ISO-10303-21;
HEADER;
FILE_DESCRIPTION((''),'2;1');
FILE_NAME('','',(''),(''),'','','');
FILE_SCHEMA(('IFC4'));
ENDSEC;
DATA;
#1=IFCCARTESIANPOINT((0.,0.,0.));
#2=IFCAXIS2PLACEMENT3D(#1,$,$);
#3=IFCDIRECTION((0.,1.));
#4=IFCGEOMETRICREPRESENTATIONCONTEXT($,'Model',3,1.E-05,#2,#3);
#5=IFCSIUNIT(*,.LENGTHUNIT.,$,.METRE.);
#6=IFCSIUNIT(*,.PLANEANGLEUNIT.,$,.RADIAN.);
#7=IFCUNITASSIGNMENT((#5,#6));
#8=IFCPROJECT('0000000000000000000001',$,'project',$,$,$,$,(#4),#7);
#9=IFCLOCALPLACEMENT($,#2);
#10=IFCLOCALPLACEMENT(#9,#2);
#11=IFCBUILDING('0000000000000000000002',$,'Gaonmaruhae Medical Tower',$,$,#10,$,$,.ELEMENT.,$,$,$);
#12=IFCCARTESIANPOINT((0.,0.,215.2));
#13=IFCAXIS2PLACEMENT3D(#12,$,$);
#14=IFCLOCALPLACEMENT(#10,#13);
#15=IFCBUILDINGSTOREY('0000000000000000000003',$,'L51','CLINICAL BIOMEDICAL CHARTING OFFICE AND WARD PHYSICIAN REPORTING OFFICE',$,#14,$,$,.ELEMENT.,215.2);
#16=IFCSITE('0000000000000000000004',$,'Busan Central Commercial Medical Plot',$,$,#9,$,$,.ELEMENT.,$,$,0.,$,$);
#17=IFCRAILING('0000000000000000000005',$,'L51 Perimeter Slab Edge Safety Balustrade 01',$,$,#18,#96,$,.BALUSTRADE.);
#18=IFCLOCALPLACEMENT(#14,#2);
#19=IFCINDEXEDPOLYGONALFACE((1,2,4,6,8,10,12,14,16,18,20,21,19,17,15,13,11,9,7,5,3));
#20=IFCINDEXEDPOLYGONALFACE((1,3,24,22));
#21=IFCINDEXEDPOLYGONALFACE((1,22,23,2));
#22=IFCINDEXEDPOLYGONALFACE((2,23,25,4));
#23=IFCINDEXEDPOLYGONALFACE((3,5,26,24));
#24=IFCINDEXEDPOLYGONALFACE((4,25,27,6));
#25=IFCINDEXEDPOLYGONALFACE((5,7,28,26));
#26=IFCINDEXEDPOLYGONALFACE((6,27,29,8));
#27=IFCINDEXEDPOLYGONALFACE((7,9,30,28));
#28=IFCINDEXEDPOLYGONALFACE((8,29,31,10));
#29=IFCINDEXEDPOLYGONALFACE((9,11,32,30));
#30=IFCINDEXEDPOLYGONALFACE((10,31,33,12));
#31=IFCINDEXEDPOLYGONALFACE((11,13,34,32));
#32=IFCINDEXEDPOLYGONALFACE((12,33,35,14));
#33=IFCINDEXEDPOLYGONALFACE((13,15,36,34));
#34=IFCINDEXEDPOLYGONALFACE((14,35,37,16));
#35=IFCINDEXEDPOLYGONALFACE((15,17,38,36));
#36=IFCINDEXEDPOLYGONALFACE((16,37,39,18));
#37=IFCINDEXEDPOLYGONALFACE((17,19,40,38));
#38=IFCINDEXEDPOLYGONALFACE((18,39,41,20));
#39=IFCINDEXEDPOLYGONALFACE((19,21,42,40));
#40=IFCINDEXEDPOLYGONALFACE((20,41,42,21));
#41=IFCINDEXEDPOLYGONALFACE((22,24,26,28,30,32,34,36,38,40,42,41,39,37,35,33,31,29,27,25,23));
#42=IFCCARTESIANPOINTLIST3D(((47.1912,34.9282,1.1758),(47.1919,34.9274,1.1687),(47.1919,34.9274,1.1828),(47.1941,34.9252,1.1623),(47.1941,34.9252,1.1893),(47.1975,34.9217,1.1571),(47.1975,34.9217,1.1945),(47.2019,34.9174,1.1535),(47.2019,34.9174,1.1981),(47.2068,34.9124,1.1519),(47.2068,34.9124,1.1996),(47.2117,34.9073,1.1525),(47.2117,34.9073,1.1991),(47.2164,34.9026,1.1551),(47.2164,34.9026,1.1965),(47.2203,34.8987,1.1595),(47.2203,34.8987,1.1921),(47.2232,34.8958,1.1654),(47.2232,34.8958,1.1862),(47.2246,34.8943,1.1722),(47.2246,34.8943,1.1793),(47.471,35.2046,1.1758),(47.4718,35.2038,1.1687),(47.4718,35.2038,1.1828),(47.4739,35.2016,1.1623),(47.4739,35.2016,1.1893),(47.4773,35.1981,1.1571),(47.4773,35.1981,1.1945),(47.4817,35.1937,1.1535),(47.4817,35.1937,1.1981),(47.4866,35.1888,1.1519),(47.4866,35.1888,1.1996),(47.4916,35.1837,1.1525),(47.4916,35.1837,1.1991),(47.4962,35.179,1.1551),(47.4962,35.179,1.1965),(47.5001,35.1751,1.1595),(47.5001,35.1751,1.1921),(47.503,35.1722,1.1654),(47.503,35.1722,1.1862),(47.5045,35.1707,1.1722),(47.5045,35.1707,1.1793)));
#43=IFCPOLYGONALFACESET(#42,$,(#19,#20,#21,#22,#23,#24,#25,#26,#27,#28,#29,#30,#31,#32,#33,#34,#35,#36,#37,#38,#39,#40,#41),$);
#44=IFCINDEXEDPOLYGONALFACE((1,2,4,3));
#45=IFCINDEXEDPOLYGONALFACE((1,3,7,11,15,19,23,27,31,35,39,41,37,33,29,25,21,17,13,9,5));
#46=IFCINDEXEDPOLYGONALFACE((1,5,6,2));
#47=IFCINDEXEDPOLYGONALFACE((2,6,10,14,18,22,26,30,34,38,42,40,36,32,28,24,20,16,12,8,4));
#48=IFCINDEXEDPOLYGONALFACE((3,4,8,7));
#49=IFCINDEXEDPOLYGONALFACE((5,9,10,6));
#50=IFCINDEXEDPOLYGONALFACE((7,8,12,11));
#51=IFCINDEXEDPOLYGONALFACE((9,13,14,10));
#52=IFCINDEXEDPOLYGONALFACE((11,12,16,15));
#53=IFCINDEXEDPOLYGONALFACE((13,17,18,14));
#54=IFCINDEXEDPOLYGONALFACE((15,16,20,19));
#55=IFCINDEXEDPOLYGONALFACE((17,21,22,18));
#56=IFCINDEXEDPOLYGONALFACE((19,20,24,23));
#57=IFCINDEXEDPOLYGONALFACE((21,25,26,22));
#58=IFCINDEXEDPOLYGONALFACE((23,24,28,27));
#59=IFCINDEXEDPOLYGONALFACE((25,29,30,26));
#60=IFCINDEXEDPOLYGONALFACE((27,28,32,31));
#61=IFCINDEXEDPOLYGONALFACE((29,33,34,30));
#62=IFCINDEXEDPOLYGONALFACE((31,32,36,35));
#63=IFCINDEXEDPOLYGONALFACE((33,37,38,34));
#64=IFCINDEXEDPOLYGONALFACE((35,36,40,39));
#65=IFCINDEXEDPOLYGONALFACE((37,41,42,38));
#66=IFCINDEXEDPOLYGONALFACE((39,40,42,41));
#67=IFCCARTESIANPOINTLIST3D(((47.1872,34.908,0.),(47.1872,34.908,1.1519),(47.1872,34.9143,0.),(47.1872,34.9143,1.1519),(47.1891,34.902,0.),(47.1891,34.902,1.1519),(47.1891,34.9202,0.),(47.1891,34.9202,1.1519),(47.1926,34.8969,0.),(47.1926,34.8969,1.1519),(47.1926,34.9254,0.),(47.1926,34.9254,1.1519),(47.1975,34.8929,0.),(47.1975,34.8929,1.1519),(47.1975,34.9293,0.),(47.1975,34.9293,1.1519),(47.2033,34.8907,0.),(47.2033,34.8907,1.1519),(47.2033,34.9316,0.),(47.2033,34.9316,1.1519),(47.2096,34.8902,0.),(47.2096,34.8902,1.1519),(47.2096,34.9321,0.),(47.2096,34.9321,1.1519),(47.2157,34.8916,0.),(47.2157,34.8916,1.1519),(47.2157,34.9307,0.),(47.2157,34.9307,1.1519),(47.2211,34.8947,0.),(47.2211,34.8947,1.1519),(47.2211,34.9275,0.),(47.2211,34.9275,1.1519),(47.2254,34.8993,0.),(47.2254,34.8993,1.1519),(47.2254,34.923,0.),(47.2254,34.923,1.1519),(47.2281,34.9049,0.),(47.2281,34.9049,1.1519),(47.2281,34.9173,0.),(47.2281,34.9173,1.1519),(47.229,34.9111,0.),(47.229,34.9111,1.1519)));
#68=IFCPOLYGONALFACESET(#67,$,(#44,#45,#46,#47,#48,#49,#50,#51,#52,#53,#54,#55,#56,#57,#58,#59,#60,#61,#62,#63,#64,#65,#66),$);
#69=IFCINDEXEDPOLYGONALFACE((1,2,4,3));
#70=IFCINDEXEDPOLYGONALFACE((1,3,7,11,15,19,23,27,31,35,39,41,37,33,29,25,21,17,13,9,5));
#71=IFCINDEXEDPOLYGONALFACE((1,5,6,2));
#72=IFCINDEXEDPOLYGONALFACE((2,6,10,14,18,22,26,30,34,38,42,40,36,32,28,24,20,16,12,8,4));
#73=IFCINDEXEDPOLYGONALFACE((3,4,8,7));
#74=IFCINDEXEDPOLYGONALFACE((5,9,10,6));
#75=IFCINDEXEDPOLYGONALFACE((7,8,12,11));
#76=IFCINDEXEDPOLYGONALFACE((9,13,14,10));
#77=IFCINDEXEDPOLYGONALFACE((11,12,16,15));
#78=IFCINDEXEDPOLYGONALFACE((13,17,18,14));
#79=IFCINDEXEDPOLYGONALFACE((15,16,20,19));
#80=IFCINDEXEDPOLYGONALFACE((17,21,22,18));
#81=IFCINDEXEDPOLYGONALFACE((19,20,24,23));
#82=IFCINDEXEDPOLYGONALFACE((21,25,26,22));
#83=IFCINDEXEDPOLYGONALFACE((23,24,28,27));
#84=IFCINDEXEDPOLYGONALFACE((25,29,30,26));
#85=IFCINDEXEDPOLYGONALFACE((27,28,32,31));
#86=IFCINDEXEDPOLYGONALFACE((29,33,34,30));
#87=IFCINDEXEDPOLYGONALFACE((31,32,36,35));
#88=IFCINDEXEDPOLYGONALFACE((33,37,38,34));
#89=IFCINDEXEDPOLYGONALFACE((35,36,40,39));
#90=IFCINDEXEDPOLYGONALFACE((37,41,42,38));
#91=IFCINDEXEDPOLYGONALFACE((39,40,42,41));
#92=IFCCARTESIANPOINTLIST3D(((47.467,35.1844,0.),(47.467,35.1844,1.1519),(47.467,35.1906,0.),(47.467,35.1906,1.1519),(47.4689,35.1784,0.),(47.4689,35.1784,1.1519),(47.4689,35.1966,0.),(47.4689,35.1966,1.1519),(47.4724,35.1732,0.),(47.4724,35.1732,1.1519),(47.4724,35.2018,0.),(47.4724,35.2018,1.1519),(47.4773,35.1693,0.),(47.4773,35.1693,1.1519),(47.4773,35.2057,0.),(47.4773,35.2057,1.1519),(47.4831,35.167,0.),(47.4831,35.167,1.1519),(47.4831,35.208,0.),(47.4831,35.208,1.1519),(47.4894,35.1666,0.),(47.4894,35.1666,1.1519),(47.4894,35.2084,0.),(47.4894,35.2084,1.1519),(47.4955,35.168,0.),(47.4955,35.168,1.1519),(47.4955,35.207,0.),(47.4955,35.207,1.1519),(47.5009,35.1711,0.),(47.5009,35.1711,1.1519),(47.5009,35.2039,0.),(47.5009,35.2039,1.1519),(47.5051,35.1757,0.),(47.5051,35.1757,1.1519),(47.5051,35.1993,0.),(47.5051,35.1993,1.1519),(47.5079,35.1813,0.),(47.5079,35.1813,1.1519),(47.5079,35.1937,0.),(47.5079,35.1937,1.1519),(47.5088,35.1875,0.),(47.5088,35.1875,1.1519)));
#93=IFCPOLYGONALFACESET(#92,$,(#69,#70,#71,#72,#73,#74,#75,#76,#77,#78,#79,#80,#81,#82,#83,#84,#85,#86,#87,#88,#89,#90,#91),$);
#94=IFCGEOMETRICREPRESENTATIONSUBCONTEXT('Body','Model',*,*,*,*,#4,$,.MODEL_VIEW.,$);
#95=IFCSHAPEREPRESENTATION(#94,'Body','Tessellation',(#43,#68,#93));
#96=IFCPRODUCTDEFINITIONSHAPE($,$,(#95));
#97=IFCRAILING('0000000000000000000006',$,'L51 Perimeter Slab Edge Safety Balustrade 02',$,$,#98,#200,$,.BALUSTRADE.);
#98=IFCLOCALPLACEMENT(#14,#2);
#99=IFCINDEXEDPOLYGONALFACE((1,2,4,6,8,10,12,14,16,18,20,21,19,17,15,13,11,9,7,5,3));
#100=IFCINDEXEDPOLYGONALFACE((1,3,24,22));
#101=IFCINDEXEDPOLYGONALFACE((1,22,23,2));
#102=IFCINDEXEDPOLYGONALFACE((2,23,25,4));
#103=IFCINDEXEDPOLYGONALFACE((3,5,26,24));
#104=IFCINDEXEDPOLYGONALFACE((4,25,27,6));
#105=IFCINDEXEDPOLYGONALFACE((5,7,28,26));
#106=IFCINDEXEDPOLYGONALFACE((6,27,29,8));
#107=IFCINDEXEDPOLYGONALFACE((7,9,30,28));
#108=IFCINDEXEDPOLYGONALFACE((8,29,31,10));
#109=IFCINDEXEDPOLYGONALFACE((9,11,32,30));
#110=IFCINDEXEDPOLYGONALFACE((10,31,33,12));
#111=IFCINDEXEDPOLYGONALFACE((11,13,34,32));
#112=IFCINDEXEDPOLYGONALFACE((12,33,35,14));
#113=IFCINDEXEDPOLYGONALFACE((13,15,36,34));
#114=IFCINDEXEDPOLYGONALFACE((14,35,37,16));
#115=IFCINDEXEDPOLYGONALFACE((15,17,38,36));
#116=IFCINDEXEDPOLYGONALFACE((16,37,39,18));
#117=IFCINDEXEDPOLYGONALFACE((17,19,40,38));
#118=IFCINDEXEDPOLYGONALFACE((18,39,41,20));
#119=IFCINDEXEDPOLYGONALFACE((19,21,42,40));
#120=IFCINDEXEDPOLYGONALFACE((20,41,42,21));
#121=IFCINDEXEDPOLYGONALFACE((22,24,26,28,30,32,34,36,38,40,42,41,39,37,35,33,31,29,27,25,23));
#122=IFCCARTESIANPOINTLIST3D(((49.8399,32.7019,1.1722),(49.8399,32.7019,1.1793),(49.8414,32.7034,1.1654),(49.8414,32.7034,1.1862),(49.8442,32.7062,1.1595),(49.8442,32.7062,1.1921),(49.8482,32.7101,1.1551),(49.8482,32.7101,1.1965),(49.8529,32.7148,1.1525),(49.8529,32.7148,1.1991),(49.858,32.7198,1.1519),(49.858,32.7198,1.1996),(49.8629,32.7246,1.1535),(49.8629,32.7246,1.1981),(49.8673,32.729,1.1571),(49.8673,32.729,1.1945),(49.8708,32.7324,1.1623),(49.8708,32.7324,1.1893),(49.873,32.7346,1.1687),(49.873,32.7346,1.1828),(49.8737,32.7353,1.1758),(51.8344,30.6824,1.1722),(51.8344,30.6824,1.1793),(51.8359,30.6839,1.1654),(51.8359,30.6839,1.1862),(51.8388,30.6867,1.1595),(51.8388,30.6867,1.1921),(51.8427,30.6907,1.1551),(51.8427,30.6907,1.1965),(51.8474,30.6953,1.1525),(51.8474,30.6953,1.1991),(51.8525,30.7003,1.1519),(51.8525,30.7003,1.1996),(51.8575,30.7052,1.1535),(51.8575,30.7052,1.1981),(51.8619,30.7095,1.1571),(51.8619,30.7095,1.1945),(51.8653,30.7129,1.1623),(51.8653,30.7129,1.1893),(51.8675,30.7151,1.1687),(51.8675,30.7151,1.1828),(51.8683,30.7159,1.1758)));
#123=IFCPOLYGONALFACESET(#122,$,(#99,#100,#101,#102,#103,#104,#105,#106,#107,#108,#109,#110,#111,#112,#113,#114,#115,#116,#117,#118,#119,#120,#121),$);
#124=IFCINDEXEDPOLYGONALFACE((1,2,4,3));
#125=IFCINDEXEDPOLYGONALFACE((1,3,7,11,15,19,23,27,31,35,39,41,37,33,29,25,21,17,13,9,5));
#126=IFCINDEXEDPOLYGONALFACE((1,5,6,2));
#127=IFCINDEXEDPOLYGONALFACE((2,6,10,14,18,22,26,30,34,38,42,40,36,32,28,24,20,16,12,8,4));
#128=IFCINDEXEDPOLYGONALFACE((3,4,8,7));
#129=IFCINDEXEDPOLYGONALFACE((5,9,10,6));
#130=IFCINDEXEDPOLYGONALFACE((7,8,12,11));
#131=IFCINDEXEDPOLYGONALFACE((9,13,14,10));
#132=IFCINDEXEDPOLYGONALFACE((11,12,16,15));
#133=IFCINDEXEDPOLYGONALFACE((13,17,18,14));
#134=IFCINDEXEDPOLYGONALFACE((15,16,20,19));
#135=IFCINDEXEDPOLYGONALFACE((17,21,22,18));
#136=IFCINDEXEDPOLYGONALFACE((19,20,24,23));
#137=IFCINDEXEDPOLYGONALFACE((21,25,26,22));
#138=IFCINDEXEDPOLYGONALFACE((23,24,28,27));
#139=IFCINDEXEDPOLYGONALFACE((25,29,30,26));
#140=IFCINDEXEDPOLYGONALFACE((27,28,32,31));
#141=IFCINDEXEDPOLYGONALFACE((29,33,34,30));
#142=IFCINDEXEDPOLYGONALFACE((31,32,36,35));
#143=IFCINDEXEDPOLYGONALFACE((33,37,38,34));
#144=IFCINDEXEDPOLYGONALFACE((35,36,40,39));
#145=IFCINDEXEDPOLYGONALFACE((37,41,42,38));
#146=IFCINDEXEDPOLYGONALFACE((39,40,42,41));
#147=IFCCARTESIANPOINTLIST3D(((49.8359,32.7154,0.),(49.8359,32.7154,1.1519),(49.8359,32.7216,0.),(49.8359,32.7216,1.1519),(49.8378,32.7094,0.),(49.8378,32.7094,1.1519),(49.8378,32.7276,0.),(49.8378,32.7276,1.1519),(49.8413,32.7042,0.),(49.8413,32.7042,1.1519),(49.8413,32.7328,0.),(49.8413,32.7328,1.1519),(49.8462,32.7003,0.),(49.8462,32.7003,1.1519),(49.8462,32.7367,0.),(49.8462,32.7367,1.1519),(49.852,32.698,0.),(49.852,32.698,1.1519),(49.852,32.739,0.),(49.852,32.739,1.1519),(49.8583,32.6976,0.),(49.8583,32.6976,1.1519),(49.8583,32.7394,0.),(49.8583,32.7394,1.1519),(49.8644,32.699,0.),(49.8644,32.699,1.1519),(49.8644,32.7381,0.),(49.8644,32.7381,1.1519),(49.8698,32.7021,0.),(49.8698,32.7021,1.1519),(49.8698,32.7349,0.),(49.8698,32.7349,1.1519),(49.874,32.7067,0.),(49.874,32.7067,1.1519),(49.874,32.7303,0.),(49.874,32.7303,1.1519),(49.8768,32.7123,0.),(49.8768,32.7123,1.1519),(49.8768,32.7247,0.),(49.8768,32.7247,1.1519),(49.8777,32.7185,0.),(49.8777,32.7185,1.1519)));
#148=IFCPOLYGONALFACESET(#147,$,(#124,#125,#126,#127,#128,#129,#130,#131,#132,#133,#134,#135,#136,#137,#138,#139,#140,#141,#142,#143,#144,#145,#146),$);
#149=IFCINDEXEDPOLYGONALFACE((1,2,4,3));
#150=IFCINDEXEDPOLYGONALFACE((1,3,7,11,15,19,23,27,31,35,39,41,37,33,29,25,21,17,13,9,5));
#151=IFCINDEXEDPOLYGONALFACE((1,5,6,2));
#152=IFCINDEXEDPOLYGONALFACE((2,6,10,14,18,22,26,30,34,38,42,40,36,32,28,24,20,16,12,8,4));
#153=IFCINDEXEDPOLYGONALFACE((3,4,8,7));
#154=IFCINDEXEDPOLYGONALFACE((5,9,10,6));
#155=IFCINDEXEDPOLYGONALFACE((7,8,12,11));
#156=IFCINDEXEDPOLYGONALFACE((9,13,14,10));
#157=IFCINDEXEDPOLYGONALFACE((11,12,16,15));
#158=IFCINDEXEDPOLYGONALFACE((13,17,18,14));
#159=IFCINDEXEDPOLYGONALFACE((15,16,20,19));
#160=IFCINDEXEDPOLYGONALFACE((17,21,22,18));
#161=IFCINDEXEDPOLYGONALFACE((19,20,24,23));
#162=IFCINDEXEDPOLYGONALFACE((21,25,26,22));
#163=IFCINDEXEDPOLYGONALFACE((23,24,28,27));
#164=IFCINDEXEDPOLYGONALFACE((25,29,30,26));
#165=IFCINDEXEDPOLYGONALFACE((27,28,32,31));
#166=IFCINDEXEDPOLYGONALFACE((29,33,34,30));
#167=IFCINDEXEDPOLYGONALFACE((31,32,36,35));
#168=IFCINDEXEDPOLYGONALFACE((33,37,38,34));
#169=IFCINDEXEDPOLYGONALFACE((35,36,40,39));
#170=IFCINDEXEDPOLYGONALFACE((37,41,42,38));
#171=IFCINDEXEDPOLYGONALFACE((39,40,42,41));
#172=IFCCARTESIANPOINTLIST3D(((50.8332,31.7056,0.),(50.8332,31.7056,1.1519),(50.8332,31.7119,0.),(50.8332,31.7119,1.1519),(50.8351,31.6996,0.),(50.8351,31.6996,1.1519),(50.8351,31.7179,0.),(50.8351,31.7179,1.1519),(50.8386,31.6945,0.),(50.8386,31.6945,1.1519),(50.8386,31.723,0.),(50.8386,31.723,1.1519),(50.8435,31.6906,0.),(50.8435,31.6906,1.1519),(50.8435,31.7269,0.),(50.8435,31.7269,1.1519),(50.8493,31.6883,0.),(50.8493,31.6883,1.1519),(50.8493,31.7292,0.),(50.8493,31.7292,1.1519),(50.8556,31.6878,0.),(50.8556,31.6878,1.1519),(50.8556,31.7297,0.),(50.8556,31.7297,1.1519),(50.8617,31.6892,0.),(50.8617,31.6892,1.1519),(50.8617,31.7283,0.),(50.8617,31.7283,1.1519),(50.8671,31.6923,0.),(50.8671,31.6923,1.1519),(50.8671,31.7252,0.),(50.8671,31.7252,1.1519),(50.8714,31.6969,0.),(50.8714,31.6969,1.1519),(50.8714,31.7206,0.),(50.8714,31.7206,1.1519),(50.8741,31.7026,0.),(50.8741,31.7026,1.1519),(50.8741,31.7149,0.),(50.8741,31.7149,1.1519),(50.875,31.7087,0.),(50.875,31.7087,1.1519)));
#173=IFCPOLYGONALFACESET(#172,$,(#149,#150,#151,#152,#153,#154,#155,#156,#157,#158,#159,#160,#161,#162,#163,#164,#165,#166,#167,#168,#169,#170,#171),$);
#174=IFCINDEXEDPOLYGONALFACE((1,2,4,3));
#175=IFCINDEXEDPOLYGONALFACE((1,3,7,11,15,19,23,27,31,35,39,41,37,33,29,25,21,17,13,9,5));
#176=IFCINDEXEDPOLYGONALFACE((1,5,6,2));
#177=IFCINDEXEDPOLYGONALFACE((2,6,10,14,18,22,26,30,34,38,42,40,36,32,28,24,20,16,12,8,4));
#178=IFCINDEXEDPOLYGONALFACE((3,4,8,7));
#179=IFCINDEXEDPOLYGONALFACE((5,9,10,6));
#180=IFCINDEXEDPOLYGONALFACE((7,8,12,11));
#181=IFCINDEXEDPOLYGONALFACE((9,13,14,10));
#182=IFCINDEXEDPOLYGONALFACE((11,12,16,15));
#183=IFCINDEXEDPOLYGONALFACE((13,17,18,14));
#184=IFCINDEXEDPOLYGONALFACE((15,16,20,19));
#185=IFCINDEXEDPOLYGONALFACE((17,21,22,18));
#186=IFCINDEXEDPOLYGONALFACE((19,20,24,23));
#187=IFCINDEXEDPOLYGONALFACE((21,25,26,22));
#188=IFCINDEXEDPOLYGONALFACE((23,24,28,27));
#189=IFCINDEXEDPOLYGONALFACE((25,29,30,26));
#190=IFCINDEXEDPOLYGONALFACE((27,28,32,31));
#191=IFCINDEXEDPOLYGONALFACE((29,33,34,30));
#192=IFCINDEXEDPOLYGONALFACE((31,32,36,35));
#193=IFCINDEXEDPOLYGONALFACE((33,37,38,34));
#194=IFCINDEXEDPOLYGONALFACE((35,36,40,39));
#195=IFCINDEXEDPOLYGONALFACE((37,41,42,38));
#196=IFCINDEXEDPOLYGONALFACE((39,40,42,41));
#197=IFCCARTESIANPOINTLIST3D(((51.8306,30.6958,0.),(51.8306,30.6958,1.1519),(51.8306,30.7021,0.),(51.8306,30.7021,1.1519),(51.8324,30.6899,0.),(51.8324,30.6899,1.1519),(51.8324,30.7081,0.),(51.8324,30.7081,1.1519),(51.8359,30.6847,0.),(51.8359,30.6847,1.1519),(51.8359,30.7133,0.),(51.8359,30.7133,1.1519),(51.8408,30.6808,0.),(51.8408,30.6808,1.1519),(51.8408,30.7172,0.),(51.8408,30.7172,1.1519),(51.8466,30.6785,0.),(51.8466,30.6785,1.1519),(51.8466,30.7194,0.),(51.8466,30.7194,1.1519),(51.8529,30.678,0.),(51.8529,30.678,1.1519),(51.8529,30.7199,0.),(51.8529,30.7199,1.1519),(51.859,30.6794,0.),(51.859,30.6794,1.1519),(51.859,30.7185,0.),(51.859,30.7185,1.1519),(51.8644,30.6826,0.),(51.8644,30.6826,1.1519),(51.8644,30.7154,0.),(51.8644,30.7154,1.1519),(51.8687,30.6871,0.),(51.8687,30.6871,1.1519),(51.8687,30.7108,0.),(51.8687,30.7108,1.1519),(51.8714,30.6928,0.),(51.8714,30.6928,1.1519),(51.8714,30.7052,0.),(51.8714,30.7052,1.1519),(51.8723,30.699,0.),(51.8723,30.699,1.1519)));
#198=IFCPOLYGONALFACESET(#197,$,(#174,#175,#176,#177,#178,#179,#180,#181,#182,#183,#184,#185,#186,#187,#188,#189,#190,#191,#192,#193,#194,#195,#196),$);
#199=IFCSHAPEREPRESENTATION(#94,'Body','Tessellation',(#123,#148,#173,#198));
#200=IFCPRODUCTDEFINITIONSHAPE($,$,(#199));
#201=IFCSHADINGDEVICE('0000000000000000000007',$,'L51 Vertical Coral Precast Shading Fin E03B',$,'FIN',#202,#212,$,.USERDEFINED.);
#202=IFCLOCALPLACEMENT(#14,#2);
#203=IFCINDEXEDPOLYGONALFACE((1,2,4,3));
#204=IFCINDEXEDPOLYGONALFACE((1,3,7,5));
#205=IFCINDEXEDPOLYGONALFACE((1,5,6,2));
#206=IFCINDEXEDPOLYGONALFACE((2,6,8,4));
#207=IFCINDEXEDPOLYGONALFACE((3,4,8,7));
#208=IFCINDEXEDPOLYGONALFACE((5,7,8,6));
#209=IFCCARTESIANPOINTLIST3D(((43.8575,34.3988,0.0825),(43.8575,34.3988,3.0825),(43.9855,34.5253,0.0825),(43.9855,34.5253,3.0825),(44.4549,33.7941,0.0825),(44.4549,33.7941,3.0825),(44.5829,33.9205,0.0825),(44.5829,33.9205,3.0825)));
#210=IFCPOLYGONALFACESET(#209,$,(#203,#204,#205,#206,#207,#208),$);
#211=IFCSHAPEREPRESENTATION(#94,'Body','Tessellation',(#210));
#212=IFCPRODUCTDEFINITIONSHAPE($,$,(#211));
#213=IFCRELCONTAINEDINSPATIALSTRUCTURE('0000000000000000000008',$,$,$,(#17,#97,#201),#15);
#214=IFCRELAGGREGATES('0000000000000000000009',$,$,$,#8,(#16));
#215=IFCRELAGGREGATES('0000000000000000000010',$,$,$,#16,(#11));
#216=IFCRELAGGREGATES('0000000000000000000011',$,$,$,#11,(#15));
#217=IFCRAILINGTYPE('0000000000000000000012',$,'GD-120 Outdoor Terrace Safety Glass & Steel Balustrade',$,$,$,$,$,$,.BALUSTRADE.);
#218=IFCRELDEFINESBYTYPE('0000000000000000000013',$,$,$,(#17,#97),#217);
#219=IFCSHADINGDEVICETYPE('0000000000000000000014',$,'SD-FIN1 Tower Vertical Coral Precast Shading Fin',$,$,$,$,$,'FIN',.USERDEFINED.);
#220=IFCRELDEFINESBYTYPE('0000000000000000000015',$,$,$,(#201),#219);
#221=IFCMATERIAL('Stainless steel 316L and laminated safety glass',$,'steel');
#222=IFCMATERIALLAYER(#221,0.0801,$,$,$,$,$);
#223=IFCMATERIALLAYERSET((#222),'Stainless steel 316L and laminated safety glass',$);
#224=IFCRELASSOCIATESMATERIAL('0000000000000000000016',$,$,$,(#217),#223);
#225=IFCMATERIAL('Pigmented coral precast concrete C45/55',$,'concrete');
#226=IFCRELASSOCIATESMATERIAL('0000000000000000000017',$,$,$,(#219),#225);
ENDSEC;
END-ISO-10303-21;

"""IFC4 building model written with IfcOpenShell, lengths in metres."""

from ifc_helpers import new_model, si_unit, direction, frame, origin, origin_2d, place, context, subcontext, project, spatial, rectangle, circle, extrude, material, layer, layer_set, type_object, element, save


model = new_model("IFC4")

# Units and contexts
model_context = context("Model", 3, precision=1e-05, world=origin(), true_north=direction((0.0, 1.0)))
body_context = subcontext(model_context, "Body", "Model", "MODEL_VIEW")
ifc_project = project(units=[si_unit("LENGTHUNIT", "METRE"), si_unit("PLANEANGLEUNIT", "RADIAN")], contexts=[model_context])

# Site, building, storey
site_placement = place(None, origin())
site = spatial("IfcSite", under=ifc_project, at=site_placement, Name="Busan Central Commercial Medical Plot", CompositionType="ELEMENT", RefElevation=0.0)
building_placement = place(site_placement, origin())
building = spatial("IfcBuilding", under=site, at=building_placement, Name="Gaonmaruhae Medical Tower", CompositionType="ELEMENT")
storey_placement = place(building_placement, frame((0.0, 0.0, 215.2)))
storey = spatial("IfcBuildingStorey", under=building, at=storey_placement, Name="L51", Description="CLINICAL BIOMEDICAL CHARTING OFFICE AND WARD PHYSICIAN REPORTING OFFICE", CompositionType="ELEMENT", Elevation=215.2)

# Railings
ifc_material_1 = material(Name="Stainless steel 316L and laminated safety glass", Category="steel")
ifc_layer_1 = layer(ifc_material_1, 0.0801)
ifc_layer_set_1 = layer_set([ifc_layer_1], Name="Stainless steel 316L and laminated safety glass")
railing_type = type_object("IfcRailingType", Name="GD-120 Outdoor Terrace Safety Glass & Steel Balustrade", PredefinedType="BALUSTRADE", material=ifc_layer_set_1)
railing_1_placement = place(storey_placement, frame((47.208, 34.9111, 0.0)))
element("IfcRailing", 1, at=railing_1_placement, inside=storey, type_object=railing_type, Name="L51 Perimeter Slab Edge Safety Balustrade 01", PredefinedType="BALUSTRADE", context=body_context, shape_type="SweptSolid", body=[
    extrude(circle(Radius=0.0239, at=origin_2d()), frame((0.0, 0.0, 1.1758), z_axis=(0.711439, 0.702748, 0.0), x_axis=(-0.702748, 0.711439, 0.0)), (0.0, 0.0, 1.0), 0.3933),
    extrude(circle(Radius=0.021, at=origin_2d()), origin(), (0.0, 0.0, 1.0), 1.1519),
    extrude(circle(Radius=0.021, at=origin_2d()), frame((0.2798, 0.2764, 0.0)), (0.0, 0.0, 1.0), 1.1519),
])
railing_2_placement = place(storey_placement, frame((49.8567, 32.7185, 0.0)))
element("IfcRailing", 2, at=railing_2_placement, inside=storey, type_object=railing_type, Name="L51 Perimeter Slab Edge Safety Balustrade 02", PredefinedType="BALUSTRADE", context=body_context, shape_type="SweptSolid", body=[
    extrude(circle(Radius=0.0239, at=origin_2d()), frame((0.0, 0.0, 1.1758), z_axis=(0.702707, -0.71148, 0.0), x_axis=(0.71148, 0.702707, 0.0)), (0.0, 0.0, 1.0), 2.8384),
    extrude(circle(Radius=0.021, at=origin_2d()), origin(), (0.0, 0.0, 1.0), 1.1519),
    extrude(circle(Radius=0.021, at=origin_2d()), frame((0.9973, -1.0098, 0.0)), (0.0, 0.0, 1.0), 1.1519),
    extrude(circle(Radius=0.021, at=origin_2d()), frame((1.9946, -2.0195, 0.0)), (0.0, 0.0, 1.0), 1.1519),
])

# Shading device
ifc_material_2 = material(Name="Pigmented coral precast concrete C45/55", Category="concrete")
shading_device_type = type_object("IfcShadingDeviceType", Name="SD-FIN1 Tower Vertical Coral Precast Shading Fin", ElementType="FIN", PredefinedType="USERDEFINED", material=ifc_material_2)
shading_device_placement = place(storey_placement, frame((44.2202, 34.1597, 0.0825), z_axis=(0.0, 0.0, 1.0), x_axis=(0.711413, 0.702774, 0.0)))
element("IfcShadingDevice", 3, at=shading_device_placement, inside=storey, type_object=shading_device_type, Name="L51 Vertical Coral Precast Shading Fin E03B", ObjectType="FIN", PredefinedType="USERDEFINED", context=body_context, shape_type="SweptSolid", body=[
    extrude(rectangle(XDim=0.1799, YDim=0.8501, at=origin_2d()), origin(), (0.0, 0.0, 1.0), 3.0),
])

save(model, "model.ifc")
